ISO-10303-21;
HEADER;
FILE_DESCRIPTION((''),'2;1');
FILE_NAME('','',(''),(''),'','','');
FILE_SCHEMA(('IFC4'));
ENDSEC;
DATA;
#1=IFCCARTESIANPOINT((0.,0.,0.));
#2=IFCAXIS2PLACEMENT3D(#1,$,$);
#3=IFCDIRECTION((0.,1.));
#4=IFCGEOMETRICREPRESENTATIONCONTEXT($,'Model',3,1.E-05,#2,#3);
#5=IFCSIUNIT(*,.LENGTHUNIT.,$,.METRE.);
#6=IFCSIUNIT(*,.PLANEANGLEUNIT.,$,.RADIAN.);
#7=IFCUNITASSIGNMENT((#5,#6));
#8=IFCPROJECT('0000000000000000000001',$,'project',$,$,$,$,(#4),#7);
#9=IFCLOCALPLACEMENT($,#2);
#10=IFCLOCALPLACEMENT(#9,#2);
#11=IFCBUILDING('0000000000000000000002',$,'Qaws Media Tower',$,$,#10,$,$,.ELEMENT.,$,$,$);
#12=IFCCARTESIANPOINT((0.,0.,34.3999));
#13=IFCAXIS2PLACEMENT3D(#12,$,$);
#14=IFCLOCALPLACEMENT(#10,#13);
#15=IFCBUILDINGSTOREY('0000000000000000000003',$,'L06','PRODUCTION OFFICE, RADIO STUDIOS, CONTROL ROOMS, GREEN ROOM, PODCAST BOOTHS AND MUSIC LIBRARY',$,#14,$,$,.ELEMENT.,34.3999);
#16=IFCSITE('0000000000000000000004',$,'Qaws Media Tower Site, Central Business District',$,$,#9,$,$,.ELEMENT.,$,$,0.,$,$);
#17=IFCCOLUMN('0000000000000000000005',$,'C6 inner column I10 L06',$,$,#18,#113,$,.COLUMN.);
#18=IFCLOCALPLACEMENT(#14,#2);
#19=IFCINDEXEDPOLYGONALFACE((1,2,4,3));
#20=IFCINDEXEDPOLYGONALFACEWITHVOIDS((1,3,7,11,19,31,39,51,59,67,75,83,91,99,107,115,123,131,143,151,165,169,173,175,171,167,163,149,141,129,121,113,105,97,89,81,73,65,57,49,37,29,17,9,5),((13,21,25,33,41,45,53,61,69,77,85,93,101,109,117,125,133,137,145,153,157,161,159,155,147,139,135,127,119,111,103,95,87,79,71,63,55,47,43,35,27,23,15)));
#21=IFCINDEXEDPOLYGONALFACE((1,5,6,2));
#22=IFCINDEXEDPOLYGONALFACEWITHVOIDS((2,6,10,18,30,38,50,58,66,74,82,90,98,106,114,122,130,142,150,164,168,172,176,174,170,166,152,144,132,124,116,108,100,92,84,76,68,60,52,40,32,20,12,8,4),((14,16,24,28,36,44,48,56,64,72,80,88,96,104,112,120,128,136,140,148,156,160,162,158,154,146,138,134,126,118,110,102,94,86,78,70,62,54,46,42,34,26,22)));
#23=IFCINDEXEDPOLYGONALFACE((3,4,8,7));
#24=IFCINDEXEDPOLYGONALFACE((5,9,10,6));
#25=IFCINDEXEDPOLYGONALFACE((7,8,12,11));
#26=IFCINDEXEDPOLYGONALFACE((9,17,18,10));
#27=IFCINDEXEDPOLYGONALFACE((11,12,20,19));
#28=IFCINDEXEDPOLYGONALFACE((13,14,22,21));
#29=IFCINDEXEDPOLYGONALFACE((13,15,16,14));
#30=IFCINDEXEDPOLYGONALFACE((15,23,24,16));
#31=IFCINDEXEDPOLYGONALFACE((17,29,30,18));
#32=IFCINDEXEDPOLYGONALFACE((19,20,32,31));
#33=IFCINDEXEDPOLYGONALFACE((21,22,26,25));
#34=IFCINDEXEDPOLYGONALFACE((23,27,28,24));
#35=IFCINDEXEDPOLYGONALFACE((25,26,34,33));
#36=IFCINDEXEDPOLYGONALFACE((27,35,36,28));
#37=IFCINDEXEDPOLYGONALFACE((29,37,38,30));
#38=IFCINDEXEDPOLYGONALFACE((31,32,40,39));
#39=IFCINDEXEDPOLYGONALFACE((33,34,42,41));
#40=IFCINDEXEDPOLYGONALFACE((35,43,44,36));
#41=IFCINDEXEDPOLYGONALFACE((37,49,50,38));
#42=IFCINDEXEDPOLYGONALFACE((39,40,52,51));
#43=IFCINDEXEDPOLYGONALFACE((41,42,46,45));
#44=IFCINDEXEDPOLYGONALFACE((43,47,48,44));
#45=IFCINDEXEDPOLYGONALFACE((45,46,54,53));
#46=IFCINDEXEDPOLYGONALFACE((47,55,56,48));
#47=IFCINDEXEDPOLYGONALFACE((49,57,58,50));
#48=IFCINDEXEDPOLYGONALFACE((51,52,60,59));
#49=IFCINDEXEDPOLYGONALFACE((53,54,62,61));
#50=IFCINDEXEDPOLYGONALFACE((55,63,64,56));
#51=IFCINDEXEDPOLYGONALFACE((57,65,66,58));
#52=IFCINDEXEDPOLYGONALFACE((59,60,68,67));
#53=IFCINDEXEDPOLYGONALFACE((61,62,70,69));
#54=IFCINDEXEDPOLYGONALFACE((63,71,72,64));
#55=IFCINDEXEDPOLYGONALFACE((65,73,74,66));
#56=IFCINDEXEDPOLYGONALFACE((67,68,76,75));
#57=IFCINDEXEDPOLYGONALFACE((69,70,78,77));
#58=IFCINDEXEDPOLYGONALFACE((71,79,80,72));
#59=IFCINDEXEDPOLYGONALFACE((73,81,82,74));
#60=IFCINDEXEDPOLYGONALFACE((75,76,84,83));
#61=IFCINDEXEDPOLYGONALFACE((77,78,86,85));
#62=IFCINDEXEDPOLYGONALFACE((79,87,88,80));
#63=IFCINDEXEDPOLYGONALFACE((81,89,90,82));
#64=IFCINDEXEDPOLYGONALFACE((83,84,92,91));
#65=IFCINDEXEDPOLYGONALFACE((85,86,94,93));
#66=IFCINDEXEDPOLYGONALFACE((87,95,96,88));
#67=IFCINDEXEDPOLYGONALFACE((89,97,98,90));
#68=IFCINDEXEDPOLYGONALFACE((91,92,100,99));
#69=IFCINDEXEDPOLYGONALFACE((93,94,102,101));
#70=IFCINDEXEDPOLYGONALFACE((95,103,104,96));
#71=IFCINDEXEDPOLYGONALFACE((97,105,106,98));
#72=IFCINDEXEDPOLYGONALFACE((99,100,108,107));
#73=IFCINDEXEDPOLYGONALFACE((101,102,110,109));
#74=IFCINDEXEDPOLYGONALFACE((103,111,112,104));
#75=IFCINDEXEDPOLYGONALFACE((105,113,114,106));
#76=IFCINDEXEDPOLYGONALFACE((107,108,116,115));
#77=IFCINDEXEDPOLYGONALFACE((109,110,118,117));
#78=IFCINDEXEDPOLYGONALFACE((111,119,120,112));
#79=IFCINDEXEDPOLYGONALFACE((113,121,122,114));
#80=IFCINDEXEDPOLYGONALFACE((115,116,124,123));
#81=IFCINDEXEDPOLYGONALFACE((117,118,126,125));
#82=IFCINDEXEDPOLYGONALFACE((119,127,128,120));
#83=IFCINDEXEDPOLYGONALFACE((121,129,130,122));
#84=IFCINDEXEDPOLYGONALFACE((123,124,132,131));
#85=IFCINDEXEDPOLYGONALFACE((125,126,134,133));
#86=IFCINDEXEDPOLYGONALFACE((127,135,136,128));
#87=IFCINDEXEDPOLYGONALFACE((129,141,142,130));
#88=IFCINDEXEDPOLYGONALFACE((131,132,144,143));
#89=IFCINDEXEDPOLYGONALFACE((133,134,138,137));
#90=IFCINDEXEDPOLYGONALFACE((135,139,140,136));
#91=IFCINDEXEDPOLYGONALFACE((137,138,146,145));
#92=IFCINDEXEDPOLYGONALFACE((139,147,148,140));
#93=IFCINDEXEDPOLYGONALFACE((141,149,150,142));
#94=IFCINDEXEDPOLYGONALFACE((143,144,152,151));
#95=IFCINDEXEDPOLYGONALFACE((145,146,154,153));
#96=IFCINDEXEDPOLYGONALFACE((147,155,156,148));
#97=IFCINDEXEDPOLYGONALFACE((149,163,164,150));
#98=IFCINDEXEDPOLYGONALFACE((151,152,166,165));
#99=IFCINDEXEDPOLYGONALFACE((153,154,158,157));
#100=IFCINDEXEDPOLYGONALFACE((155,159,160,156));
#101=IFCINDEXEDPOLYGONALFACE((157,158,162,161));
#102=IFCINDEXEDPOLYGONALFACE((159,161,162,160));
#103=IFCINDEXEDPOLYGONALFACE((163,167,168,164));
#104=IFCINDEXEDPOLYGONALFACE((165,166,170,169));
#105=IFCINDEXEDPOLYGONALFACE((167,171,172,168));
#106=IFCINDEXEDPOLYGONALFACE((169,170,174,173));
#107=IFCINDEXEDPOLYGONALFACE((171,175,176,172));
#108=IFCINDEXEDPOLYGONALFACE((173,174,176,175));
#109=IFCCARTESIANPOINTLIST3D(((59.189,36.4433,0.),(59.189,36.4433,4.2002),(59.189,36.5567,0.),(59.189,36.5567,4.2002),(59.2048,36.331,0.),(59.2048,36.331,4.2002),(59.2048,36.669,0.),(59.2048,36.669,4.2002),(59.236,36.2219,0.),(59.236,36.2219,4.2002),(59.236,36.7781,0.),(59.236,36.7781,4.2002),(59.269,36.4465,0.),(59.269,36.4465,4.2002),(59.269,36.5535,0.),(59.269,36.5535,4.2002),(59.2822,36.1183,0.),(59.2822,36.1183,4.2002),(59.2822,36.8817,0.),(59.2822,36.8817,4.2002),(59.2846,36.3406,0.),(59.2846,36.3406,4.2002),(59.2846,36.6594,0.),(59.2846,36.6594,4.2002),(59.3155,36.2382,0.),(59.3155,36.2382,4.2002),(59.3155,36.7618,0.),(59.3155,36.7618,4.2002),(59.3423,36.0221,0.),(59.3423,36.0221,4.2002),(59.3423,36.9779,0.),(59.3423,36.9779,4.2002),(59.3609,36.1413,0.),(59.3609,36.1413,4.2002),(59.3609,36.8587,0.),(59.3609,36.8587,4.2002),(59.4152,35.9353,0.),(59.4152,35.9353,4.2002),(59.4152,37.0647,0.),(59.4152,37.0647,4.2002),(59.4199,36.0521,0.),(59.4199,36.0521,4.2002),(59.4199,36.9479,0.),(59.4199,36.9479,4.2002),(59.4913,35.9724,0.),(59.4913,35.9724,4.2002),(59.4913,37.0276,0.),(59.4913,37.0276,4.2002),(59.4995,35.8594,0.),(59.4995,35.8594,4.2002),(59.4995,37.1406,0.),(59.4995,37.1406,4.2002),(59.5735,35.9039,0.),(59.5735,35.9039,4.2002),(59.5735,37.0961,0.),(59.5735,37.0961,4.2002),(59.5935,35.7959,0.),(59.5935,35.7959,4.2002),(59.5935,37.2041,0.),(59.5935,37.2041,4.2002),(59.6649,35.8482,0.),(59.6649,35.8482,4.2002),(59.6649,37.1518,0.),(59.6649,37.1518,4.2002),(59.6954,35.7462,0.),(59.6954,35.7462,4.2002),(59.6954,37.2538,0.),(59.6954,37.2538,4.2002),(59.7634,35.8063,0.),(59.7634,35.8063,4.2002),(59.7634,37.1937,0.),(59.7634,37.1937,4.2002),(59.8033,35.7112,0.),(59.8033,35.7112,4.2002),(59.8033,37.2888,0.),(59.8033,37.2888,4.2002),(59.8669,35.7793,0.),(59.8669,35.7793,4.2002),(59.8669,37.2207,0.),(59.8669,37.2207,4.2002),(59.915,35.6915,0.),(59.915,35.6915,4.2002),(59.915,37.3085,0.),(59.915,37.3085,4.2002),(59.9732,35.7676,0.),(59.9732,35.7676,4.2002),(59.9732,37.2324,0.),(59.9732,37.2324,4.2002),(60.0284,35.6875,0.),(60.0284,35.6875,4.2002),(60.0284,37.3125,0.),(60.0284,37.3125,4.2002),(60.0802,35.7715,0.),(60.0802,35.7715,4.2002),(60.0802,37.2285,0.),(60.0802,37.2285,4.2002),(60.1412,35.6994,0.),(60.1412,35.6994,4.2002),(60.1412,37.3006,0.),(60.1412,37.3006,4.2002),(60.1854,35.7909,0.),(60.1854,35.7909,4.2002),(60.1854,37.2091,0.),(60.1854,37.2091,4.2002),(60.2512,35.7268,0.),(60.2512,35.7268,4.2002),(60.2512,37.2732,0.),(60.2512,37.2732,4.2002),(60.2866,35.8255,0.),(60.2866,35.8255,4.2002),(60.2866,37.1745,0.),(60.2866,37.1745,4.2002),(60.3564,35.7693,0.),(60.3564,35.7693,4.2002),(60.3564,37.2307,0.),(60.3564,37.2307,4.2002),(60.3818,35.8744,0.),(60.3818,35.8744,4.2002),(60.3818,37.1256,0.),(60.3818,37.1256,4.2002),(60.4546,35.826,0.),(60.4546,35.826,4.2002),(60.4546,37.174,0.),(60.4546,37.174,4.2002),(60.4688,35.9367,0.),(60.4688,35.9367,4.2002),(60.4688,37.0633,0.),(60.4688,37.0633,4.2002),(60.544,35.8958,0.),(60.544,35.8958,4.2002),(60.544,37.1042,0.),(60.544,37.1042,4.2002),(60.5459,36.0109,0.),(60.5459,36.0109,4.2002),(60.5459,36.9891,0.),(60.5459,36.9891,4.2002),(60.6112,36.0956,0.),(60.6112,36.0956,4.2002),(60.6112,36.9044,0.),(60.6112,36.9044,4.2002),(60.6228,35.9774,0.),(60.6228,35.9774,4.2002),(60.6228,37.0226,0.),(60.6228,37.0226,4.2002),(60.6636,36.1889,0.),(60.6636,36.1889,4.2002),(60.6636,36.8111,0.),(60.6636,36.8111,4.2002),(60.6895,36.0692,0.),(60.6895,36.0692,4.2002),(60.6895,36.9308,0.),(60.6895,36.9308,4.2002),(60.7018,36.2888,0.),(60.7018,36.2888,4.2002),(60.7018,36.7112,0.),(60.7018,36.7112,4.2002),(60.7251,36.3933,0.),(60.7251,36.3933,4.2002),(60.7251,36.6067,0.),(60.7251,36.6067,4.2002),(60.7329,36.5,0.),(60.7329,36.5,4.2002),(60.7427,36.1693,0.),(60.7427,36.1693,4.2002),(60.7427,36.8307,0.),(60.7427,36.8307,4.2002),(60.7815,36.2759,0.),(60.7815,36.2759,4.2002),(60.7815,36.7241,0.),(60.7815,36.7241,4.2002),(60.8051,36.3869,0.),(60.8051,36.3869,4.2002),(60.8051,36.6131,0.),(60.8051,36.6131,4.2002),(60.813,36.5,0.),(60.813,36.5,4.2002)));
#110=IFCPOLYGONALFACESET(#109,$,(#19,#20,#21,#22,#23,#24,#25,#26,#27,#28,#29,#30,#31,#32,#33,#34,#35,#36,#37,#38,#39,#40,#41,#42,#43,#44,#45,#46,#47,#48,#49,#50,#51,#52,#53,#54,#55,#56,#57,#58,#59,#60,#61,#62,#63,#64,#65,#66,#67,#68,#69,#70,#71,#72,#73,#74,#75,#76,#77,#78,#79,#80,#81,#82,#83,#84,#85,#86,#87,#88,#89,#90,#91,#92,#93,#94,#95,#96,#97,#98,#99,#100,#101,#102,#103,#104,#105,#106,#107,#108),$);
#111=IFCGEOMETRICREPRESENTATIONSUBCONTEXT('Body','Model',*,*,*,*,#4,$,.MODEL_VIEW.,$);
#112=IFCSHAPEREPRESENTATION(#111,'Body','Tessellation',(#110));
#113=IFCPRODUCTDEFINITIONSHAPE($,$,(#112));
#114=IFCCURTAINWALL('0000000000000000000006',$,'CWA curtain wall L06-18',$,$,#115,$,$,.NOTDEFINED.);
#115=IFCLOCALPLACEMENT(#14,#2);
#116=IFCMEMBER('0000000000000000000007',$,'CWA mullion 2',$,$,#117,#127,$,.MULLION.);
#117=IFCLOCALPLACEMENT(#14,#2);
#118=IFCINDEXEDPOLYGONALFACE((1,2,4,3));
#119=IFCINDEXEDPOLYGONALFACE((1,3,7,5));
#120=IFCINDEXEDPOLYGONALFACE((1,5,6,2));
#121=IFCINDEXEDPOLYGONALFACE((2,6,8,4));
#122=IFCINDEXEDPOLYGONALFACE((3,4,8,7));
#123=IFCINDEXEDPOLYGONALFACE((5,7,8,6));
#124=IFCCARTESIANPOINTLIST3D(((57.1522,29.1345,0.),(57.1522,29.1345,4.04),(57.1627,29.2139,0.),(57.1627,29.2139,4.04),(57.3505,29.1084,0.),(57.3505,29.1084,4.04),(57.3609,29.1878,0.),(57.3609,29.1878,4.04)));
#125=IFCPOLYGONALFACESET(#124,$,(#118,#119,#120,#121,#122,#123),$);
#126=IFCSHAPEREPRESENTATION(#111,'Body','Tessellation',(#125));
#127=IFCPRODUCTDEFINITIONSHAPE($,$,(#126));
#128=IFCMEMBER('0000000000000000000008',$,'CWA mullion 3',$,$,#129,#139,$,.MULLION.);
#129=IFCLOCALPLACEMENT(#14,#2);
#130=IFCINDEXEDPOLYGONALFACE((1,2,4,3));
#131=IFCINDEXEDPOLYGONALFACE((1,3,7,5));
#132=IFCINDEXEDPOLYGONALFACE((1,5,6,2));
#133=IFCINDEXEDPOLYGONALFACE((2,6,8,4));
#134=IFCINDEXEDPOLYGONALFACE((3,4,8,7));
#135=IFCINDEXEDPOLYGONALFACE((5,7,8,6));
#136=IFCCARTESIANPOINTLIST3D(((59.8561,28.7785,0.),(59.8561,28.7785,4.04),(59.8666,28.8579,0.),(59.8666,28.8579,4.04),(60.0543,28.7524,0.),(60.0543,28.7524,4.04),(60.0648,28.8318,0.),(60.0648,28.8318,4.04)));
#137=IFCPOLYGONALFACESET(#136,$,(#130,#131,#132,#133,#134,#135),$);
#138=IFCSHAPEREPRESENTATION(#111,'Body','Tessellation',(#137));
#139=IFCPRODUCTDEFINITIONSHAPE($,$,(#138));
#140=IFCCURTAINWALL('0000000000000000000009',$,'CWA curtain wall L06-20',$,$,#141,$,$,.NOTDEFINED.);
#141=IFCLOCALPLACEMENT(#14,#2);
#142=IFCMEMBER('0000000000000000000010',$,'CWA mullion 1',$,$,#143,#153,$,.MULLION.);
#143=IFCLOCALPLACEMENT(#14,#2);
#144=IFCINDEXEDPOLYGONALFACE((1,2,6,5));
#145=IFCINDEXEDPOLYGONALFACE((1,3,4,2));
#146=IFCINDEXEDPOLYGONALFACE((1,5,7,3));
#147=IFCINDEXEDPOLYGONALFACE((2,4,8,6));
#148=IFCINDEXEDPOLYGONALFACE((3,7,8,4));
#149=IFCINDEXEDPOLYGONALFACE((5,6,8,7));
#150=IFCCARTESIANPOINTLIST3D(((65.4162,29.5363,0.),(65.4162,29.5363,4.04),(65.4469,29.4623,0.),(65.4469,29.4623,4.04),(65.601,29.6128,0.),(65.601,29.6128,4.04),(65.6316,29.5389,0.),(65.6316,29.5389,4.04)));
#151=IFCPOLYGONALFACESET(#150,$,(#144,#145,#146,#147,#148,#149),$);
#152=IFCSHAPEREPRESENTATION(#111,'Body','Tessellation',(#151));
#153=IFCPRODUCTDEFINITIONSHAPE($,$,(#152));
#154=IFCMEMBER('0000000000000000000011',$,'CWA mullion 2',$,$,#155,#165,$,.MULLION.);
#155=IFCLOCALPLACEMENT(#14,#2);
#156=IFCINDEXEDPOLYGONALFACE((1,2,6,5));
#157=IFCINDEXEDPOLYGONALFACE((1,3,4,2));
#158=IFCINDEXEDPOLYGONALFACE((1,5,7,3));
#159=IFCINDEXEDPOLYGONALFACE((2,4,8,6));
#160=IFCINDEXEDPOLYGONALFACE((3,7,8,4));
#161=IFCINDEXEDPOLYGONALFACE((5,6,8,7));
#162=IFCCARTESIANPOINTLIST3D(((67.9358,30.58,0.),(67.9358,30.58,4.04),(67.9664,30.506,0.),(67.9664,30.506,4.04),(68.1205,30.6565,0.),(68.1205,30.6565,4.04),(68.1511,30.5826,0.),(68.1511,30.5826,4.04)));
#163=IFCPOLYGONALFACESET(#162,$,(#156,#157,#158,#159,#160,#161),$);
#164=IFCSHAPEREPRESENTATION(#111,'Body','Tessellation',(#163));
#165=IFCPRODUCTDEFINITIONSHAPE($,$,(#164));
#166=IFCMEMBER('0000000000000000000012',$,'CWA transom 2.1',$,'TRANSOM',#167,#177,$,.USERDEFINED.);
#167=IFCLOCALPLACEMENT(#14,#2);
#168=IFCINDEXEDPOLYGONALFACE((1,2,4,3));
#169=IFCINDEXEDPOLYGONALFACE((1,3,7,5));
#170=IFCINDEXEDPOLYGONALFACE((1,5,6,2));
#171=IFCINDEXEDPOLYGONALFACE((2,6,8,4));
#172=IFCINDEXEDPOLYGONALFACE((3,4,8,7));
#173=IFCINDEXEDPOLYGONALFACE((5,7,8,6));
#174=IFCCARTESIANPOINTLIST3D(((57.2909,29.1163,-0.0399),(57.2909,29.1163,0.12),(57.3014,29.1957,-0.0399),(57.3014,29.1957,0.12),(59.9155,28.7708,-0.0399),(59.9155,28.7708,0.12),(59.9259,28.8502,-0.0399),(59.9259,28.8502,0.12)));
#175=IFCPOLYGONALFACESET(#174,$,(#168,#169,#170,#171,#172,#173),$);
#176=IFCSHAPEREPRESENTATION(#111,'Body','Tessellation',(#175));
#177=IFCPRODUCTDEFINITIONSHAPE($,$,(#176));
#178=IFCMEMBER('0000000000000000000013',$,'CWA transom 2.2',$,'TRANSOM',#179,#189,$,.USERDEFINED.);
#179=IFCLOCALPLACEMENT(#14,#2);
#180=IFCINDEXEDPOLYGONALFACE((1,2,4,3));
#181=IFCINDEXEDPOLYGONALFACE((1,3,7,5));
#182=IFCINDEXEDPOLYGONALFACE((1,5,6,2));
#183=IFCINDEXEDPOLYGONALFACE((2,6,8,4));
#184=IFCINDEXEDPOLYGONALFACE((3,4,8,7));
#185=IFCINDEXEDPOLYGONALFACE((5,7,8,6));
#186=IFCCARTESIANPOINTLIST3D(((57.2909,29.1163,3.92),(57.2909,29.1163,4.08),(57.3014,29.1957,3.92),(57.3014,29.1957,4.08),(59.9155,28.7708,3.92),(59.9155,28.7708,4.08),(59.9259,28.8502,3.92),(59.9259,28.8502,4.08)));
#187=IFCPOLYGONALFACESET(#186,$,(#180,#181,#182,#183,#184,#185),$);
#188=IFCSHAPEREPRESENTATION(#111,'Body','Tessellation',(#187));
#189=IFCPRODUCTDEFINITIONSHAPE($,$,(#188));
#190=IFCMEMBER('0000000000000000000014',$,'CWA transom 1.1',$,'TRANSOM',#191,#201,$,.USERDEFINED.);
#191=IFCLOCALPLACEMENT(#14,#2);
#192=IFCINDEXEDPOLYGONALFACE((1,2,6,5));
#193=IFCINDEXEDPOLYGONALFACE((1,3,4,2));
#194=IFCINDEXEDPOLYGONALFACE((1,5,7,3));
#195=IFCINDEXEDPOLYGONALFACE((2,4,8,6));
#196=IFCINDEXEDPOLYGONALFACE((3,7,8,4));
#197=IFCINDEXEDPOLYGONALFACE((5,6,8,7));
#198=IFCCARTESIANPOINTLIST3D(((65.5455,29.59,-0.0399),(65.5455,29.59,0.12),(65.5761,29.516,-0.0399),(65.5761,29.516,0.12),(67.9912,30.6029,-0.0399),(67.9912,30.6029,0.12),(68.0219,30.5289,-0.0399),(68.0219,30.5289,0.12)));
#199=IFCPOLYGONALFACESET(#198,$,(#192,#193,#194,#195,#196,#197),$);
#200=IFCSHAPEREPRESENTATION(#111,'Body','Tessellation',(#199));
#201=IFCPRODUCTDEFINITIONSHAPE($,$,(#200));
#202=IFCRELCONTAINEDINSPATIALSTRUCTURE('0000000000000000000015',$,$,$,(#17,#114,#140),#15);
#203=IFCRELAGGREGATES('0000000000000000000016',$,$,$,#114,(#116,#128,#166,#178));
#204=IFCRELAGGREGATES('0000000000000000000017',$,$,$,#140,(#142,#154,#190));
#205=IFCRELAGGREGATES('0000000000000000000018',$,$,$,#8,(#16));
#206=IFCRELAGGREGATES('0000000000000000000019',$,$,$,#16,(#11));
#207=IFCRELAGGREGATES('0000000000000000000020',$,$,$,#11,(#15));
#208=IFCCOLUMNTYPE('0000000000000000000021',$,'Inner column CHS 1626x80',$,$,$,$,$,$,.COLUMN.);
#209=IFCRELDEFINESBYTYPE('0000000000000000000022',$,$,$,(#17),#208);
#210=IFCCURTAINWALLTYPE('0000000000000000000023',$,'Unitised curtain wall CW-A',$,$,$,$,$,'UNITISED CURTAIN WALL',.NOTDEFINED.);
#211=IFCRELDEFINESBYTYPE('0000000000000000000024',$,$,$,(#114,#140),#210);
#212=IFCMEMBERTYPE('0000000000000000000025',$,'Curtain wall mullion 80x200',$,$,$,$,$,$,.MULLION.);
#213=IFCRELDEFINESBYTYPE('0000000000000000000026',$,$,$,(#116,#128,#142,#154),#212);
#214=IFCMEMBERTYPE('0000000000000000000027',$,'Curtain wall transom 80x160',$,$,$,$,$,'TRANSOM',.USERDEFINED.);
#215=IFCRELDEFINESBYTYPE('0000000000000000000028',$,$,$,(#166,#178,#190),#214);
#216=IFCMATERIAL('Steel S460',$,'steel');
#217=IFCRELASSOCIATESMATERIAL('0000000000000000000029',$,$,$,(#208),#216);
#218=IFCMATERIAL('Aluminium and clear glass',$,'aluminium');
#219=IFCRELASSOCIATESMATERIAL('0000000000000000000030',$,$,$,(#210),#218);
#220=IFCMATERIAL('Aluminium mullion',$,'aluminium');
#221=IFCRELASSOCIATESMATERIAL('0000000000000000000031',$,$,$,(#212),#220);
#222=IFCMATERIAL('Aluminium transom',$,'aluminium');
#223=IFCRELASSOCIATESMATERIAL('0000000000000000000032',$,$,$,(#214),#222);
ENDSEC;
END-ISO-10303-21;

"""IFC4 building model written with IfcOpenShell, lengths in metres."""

from ifc_helpers import new_model, si_unit, direction, frame, origin, origin_2d, place, context, subcontext, project, spatial, rectangle, hollow_circle, extrude, material, material_profile, profile_set, type_object, element, aggregate, save


model = new_model("IFC4")

# Units and contexts
model_context = context("Model", 3, precision=1e-05, world=origin(), true_north=direction((0.0, 1.0)))
body_context = subcontext(model_context, "Body", "Model", "MODEL_VIEW")
ifc_project = project(units=[si_unit("LENGTHUNIT", "METRE"), si_unit("PLANEANGLEUNIT", "RADIAN")], contexts=[model_context])

# Site, building, storey
site_placement = place(None, origin())
site = spatial("IfcSite", under=ifc_project, at=site_placement, Name="Qaws Media Tower Site, Central Business District", CompositionType="ELEMENT", RefElevation=0.0)
building_placement = place(site_placement, origin())
building = spatial("IfcBuilding", under=site, at=building_placement, Name="Qaws Media Tower", CompositionType="ELEMENT")
storey_placement = place(building_placement, frame((0.0, 0.0, 34.3999)))
storey = spatial("IfcBuildingStorey", under=building, at=storey_placement, Name="L06", Description="PRODUCTION OFFICE, RADIO STUDIOS, CONTROL ROOMS, GREEN ROOM, PODCAST BOOTHS AND MUSIC LIBRARY", CompositionType="ELEMENT", Elevation=34.3999)

# Column
ifc_material_1 = material(Name="Steel S460", Category="steel")
ifc_material_profile_1 = material_profile(ifc_material_1, hollow_circle(Radius=0.813, WallThickness=0.0801, at=origin_2d()), Name="CHS 1626x80")
ifc_profile_set_1 = profile_set([ifc_material_profile_1], Name="Steel S460")
column_type = type_object("IfcColumnType", Name="Inner column CHS 1626x80", PredefinedType="COLUMN", material=ifc_profile_set_1)
column_placement = place(storey_placement, frame((60.0, 36.5, 0.0), z_axis=(0.0, 0.0, 1.0), x_axis=(1.0, 0.0, 0.0)))
element("IfcColumn", 1, at=column_placement, inside=storey, type_object=column_type, Name="C6 inner column I10 L06", PredefinedType="COLUMN", context=body_context, shape_type="SweptSolid", body=[
    extrude(hollow_circle(Radius=0.813, WallThickness=0.0801, at=origin_2d()), origin(), (0.0, 0.0, 1.0), 4.2002),
])

# Curtain walls, members
ifc_material_2 = material(Name="Aluminium and clear glass", Category="aluminium")
curtain_wall_type = type_object("IfcCurtainWallType", Name="Unitised curtain wall CW-A", ElementType="UNITISED CURTAIN WALL", PredefinedType="NOTDEFINED", material=ifc_material_2)
curtain_wall_1_placement = place(storey_placement, origin())
curtain_wall_1 = element("IfcCurtainWall", 2, at=curtain_wall_1_placement, inside=storey, type_object=curtain_wall_type, Name="CWA curtain wall L06-18", PredefinedType="NOTDEFINED")
ifc_material_3 = material(Name="Aluminium mullion", Category="aluminium")
ifc_material_profile_2 = material_profile(ifc_material_3, rectangle(XDim=0.0801, YDim=0.2, at=origin_2d()), Name="80x200")
ifc_profile_set_2 = profile_set([ifc_material_profile_2], Name="Aluminium mullion")
member_type_1 = type_object("IfcMemberType", Name="Curtain wall mullion 80x200", PredefinedType="MULLION", material=ifc_profile_set_2)
member_1_placement = place(storey_placement, frame((57.2566, 29.1611, 0.0), z_axis=(0.0, 0.0, 1.0), x_axis=(0.130526, 0.991445, 0.0)))
member_1 = element("IfcMember", 3, at=member_1_placement, type_object=member_type_1, Name="CWA mullion 2", PredefinedType="MULLION", context=body_context, shape_type="SweptSolid", body=[
    extrude(rectangle(XDim=0.0801, YDim=0.2, at=origin_2d()), origin(), (0.0, 0.0, 1.0), 4.04),
])
member_2_placement = place(storey_placement, frame((59.9604, 28.8052, 0.0), z_axis=(0.0, 0.0, 1.0), x_axis=(0.130526, 0.991445, 0.0)))
member_2 = element("IfcMember", 4, at=member_2_placement, type_object=member_type_1, Name="CWA mullion 3", PredefinedType="MULLION", context=body_context, shape_type="SweptSolid", body=[
    extrude(rectangle(XDim=0.0801, YDim=0.2, at=origin_2d()), origin(), (0.0, 0.0, 1.0), 4.04),
])
curtain_wall_2_placement = place(storey_placement, origin())
curtain_wall_2 = element("IfcCurtainWall", 5, at=curtain_wall_2_placement, inside=storey, type_object=curtain_wall_type, Name="CWA curtain wall L06-20", PredefinedType="NOTDEFINED")
member_3_placement = place(storey_placement, frame((65.5239, 29.5376, 0.0), z_axis=(0.0, 0.0, 1.0), x_axis=(-0.382683, 0.92388, 0.0)))
member_3 = element("IfcMember", 6, at=member_3_placement, type_object=member_type_1, Name="CWA mullion 1", PredefinedType="MULLION", context=body_context, shape_type="SweptSolid", body=[
    extrude(rectangle(XDim=0.0801, YDim=0.2, at=origin_2d()), origin(), (0.0, 0.0, 1.0), 4.04),
])
member_4_placement = place(storey_placement, frame((68.0435, 30.5813, 0.0), z_axis=(0.0, 0.0, 1.0), x_axis=(-0.382683, 0.92388, 0.0)))
member_4 = element("IfcMember", 7, at=member_4_placement, type_object=member_type_1, Name="CWA mullion 2", PredefinedType="MULLION", context=body_context, shape_type="SweptSolid", body=[
    extrude(rectangle(XDim=0.0801, YDim=0.2, at=origin_2d()), origin(), (0.0, 0.0, 1.0), 4.04),
])

# Members
ifc_material_4 = material(Name="Aluminium transom", Category="aluminium")
ifc_material_profile_3 = material_profile(ifc_material_4, rectangle(XDim=0.0801, YDim=0.1599, at=origin_2d()), Name="80x160")
ifc_profile_set_3 = profile_set([ifc_material_profile_3], Name="Aluminium transom")
member_type_2 = type_object("IfcMemberType", Name="Curtain wall transom 80x160", ElementType="TRANSOM", PredefinedType="USERDEFINED", material=ifc_profile_set_3)
member_5_placement = place(storey_placement, frame((57.2961, 29.156, 0.04), z_axis=(0.991448, -0.130502, 0.0), x_axis=(0.130502, 0.991448, 0.0)))
member_5 = element("IfcMember", 8, at=member_5_placement, type_object=member_type_2, Name="CWA transom 2.1", ObjectType="TRANSOM", PredefinedType="USERDEFINED", context=body_context, shape_type="SweptSolid", body=[
    extrude(rectangle(XDim=0.0801, YDim=0.1599, at=origin_2d()), origin(), (0.0, 0.0, 1.0), 2.6472),
])
member_6_placement = place(storey_placement, frame((57.2961, 29.156, 4.0), z_axis=(0.991448, -0.130502, 0.0), x_axis=(0.130502, 0.991448, 0.0)))
member_6 = element("IfcMember", 9, at=member_6_placement, type_object=member_type_2, Name="CWA transom 2.2", ObjectType="TRANSOM", PredefinedType="USERDEFINED", context=body_context, shape_type="SweptSolid", body=[
    extrude(rectangle(XDim=0.0801, YDim=0.1599, at=origin_2d()), origin(), (0.0, 0.0, 1.0), 2.6472),
])
member_7_placement = place(storey_placement, frame((65.5608, 29.553, 0.04), z_axis=(0.923899, 0.382637, 0.0), x_axis=(-0.382637, 0.923899, 0.0)))
member_7 = element("IfcMember", 10, at=member_7_placement, type_object=member_type_2, Name="CWA transom 1.1", ObjectType="TRANSOM", PredefinedType="USERDEFINED", context=body_context, shape_type="SweptSolid", body=[
    extrude(rectangle(XDim=0.0801, YDim=0.1599, at=origin_2d()), origin(), (0.0, 0.0, 1.0), 2.6472),
])

aggregate(curtain_wall_1, [member_1, member_2, member_5, member_6])
aggregate(curtain_wall_2, [member_3, member_4, member_7])

save(model, "model.ifc")
